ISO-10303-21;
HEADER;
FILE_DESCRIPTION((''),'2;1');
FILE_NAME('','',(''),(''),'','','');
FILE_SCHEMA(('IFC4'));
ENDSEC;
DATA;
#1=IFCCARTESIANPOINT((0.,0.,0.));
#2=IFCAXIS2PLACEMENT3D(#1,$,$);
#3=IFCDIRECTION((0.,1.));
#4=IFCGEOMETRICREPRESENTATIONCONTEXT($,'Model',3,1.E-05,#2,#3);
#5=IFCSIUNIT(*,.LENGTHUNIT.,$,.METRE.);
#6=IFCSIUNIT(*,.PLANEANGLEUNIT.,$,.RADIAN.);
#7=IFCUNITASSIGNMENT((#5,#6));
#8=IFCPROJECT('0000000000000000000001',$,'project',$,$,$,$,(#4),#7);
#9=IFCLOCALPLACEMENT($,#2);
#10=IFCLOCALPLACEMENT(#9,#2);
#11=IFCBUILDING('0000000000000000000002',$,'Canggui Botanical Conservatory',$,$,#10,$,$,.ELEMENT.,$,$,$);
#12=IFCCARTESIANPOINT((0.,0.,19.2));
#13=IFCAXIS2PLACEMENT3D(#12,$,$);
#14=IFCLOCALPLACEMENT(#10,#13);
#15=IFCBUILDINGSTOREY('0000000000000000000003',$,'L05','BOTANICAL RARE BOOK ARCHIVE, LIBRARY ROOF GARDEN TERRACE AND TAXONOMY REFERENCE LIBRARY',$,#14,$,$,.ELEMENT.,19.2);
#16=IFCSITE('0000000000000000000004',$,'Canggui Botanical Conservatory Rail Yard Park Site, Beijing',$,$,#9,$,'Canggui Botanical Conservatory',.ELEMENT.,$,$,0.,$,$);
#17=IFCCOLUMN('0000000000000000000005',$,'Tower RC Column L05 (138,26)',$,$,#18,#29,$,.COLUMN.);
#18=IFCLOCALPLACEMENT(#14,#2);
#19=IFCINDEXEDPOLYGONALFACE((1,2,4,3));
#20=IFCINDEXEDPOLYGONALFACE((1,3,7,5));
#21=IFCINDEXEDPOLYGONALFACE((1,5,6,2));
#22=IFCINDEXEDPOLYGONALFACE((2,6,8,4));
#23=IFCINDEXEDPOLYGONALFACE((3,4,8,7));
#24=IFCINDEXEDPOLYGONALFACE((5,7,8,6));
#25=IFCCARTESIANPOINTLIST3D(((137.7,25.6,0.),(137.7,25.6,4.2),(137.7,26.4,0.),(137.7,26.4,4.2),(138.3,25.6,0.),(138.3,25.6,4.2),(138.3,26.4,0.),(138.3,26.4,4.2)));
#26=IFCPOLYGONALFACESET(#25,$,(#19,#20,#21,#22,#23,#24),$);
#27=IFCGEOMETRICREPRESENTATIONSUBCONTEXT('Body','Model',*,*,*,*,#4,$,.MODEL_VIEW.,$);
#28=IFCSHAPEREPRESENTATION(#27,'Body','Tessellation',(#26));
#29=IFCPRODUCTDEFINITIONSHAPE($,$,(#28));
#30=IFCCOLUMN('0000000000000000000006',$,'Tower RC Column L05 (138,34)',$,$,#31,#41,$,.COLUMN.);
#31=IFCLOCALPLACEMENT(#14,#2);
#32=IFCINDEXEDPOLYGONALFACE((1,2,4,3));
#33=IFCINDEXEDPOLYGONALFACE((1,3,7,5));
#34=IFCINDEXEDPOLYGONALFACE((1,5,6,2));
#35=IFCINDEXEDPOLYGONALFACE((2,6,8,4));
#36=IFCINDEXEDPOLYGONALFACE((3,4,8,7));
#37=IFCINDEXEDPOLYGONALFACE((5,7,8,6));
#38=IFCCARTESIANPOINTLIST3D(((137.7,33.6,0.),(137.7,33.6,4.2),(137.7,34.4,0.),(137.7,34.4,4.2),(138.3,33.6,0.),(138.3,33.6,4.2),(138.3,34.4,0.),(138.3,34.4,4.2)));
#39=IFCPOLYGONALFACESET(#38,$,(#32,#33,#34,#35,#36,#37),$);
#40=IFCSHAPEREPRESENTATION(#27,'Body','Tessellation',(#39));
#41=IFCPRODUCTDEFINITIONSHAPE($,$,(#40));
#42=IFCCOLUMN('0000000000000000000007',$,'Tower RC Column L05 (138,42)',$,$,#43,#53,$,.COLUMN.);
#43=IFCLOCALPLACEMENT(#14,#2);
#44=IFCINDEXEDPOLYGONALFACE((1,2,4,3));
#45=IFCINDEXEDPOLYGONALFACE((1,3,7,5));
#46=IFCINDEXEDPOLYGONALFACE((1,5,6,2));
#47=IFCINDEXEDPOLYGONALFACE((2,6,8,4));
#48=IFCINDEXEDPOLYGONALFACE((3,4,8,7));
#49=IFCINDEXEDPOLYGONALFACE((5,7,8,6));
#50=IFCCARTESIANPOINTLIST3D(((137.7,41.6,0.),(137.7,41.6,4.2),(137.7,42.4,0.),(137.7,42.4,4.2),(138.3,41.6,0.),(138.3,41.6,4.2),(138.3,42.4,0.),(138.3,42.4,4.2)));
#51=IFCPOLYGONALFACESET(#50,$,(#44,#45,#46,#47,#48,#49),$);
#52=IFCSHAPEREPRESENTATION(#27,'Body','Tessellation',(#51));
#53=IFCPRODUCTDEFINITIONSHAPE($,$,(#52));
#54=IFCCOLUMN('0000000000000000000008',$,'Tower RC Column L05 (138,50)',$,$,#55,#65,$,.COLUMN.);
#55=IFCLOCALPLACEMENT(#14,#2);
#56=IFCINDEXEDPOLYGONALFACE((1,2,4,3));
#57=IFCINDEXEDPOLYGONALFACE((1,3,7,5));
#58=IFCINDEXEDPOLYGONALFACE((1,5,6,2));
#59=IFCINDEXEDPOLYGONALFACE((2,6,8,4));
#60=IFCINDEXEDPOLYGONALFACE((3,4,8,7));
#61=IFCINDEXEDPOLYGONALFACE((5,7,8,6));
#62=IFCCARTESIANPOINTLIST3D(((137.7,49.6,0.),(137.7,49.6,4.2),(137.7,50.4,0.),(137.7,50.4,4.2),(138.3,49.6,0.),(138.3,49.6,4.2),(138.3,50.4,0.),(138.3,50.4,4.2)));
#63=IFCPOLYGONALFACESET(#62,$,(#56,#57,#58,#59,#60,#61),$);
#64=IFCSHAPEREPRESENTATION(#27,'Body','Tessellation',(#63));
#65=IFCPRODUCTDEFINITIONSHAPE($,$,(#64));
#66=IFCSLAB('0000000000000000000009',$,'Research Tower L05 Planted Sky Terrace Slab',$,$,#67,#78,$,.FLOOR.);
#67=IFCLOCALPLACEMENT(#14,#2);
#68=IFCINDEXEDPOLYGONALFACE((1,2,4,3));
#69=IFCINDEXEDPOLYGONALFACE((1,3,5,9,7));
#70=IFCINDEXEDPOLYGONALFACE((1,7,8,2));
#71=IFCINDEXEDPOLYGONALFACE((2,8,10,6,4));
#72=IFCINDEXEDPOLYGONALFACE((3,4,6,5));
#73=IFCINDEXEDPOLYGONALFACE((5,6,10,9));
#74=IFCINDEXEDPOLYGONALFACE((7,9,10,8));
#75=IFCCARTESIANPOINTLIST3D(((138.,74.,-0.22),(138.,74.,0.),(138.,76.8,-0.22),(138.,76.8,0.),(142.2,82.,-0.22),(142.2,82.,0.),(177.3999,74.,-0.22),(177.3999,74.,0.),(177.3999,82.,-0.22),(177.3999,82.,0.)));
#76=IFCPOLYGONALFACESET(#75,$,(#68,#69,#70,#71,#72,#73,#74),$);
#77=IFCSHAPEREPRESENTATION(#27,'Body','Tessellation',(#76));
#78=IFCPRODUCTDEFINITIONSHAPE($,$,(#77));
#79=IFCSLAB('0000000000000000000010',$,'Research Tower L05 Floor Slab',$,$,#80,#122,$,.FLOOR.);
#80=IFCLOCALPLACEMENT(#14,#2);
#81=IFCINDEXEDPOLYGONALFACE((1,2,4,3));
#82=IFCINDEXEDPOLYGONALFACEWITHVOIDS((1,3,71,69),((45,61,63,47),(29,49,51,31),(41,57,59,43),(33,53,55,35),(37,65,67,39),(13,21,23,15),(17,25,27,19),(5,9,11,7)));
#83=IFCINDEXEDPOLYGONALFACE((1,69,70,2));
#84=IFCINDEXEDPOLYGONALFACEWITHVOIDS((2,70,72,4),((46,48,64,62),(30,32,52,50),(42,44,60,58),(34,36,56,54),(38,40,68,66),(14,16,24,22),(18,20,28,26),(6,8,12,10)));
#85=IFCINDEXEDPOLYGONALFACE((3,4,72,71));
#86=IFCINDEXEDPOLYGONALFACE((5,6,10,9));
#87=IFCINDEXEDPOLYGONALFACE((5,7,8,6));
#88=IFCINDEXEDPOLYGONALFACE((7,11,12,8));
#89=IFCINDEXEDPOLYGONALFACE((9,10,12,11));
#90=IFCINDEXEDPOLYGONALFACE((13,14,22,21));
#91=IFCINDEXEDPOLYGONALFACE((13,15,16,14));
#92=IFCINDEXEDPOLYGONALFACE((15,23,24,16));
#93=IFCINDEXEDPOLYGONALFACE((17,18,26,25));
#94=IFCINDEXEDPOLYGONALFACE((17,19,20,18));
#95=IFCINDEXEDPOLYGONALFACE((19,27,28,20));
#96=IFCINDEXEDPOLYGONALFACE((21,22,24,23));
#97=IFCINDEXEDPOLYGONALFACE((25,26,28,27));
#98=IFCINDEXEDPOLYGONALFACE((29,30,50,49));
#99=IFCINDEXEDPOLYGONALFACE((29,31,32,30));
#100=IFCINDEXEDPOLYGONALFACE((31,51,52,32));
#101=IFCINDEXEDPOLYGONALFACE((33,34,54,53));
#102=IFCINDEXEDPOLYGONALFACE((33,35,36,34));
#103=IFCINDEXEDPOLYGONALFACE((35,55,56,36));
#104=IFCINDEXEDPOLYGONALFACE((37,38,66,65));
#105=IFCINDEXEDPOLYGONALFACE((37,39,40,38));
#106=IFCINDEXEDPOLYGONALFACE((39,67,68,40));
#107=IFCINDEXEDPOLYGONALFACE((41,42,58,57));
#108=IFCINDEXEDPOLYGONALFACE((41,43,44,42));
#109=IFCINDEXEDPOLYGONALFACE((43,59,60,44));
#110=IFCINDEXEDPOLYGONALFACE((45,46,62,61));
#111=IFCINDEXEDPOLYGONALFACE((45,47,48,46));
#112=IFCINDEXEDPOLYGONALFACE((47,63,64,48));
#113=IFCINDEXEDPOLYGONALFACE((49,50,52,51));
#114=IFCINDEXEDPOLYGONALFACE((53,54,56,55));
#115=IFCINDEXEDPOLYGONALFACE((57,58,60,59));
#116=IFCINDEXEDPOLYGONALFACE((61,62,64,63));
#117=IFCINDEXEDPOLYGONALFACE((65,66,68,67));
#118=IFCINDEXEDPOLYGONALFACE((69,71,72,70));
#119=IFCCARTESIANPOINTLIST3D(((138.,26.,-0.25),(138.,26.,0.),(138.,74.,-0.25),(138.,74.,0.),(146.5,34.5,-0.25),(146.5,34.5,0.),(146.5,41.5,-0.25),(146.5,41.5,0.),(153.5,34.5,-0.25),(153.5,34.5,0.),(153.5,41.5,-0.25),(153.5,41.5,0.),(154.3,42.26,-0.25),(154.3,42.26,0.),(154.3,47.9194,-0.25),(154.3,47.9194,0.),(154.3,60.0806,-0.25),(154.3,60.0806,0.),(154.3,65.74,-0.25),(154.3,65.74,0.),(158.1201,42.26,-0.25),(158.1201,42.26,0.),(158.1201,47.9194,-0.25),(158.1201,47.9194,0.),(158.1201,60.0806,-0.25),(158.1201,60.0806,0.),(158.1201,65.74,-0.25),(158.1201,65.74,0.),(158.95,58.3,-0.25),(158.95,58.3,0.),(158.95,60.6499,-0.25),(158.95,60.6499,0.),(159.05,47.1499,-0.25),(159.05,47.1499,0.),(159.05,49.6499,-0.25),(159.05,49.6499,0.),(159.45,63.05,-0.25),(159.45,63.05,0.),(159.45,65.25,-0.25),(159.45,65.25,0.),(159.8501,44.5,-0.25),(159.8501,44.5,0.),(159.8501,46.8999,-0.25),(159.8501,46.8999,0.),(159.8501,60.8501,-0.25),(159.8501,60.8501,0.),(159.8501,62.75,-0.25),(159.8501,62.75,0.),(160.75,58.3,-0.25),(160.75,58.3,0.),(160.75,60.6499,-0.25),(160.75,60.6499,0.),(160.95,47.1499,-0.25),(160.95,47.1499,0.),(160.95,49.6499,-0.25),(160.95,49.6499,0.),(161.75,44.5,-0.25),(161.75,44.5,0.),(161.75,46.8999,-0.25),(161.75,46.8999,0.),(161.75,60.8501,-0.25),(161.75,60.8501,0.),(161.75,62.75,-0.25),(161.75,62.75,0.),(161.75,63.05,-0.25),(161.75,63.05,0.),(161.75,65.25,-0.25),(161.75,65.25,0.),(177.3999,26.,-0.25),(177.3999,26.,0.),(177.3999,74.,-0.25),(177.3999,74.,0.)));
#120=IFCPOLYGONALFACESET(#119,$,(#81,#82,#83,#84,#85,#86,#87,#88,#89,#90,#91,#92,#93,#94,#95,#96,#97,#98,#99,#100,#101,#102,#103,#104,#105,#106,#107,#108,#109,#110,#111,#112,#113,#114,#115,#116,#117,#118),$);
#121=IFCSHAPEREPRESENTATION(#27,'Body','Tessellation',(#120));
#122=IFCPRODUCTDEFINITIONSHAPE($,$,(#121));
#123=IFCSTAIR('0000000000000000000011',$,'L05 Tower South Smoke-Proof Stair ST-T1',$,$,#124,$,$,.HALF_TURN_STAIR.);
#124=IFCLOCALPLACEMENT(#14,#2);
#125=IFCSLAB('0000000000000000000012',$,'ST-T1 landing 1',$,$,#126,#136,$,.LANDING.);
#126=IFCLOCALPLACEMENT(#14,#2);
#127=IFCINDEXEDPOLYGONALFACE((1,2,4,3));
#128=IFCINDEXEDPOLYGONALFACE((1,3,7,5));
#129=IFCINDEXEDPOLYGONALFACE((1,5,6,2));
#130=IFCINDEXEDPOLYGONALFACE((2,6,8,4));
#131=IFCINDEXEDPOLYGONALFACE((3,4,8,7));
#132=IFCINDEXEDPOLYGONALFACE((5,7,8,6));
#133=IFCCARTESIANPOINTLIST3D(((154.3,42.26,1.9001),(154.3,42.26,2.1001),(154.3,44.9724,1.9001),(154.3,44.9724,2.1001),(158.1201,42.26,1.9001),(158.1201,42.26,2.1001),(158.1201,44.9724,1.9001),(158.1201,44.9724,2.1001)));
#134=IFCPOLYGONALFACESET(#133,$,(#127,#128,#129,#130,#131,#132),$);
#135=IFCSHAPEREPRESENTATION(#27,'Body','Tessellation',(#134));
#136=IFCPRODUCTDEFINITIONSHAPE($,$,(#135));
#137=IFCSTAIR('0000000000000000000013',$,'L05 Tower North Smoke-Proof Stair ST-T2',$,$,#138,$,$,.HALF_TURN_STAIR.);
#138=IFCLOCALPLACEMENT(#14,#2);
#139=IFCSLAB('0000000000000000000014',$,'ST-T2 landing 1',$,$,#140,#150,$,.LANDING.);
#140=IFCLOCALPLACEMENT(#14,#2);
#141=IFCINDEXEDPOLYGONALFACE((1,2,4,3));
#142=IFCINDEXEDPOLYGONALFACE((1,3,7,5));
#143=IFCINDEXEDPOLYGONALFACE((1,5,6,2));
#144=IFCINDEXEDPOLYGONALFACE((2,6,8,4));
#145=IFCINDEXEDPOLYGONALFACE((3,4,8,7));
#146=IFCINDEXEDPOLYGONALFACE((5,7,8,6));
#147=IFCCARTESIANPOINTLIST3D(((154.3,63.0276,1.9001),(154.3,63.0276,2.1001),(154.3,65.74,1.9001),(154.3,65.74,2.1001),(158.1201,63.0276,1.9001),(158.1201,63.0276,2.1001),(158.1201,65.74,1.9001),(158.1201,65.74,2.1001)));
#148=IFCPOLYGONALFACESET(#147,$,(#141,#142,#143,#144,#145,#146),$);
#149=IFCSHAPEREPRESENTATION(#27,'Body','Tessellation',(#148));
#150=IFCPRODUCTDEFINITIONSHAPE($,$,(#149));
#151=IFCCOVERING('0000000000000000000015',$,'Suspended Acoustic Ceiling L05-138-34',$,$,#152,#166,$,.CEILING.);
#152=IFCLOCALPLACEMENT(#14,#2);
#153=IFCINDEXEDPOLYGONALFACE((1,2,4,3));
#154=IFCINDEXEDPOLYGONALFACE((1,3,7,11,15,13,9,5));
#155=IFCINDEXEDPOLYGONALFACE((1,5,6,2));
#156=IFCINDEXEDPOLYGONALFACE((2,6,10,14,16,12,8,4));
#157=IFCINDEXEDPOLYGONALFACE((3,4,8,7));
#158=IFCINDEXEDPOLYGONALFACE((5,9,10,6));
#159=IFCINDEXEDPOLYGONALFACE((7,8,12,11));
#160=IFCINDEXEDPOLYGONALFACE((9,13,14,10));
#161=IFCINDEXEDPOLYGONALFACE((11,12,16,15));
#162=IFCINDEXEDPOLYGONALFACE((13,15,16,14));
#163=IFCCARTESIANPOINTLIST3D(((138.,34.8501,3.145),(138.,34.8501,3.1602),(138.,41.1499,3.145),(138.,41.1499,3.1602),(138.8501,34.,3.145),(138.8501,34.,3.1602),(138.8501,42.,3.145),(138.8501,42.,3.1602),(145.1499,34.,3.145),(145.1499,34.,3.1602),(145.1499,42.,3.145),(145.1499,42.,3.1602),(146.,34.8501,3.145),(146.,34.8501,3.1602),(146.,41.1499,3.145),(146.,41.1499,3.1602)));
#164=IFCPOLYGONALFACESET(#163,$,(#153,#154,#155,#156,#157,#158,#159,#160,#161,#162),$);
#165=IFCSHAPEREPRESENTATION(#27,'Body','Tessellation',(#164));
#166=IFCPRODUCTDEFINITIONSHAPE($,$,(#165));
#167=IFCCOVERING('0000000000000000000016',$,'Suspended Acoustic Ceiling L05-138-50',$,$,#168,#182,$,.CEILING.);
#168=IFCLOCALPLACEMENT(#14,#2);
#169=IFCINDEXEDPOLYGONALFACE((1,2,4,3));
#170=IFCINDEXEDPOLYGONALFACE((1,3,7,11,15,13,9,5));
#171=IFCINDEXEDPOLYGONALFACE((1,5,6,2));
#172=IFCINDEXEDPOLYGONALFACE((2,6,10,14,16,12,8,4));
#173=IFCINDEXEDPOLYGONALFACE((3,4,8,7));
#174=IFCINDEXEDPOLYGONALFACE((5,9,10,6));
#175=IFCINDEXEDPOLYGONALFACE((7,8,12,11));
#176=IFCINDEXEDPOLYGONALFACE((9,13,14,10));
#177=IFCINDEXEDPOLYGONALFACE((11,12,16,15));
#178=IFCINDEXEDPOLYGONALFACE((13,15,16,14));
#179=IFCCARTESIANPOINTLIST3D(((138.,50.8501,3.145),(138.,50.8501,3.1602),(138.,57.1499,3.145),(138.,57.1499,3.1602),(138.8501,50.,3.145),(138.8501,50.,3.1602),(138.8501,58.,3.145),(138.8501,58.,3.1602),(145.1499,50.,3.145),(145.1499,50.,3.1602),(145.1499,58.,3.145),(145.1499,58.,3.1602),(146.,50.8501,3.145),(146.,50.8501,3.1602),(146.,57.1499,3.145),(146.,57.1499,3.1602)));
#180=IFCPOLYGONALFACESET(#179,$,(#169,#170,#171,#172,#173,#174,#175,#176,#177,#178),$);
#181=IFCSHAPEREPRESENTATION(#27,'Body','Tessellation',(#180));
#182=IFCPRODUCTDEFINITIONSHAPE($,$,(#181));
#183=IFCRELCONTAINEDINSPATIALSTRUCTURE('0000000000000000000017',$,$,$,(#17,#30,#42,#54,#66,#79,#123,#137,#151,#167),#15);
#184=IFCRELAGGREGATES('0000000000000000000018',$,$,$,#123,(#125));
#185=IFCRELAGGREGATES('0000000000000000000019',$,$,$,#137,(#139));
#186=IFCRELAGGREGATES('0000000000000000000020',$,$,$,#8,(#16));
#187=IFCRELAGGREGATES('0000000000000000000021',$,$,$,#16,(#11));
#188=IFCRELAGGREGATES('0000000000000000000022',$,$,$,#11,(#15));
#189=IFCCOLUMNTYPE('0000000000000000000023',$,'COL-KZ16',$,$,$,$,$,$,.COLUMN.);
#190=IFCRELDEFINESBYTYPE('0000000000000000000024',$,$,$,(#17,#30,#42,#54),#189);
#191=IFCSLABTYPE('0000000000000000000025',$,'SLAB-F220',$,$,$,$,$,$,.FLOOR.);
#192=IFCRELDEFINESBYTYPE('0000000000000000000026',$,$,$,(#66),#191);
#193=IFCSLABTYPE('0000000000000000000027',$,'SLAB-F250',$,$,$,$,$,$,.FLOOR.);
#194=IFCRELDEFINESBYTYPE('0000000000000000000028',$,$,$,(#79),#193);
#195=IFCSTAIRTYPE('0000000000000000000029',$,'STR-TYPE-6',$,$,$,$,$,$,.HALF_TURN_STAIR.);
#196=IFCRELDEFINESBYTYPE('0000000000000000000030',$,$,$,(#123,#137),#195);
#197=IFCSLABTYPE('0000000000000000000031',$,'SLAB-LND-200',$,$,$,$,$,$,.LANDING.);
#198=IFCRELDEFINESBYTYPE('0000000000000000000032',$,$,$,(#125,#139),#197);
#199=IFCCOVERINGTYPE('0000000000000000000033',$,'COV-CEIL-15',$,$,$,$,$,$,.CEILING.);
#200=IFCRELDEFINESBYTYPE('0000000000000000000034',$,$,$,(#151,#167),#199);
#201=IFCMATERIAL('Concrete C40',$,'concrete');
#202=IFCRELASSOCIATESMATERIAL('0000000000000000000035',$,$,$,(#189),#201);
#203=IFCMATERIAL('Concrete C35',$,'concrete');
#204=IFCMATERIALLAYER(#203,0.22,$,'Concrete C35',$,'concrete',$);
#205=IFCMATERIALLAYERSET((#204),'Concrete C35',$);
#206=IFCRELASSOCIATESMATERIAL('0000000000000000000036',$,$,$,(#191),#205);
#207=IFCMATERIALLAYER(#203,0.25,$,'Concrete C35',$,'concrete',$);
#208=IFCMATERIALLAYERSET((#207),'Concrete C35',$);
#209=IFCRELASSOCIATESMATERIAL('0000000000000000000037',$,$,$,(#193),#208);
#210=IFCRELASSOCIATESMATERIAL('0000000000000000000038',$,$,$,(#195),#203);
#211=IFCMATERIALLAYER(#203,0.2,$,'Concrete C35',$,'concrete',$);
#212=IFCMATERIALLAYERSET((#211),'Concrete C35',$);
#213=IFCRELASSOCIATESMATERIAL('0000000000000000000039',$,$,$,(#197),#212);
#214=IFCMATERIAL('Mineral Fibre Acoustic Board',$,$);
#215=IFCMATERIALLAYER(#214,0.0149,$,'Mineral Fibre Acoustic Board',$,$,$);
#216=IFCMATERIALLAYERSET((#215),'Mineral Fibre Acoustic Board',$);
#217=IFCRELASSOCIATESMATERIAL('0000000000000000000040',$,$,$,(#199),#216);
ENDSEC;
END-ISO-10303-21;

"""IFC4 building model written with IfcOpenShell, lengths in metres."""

from ifc_helpers import new_model, si_unit, direction, frame, origin, origin_2d, place, context, subcontext, project, spatial, polyline, rectangle, outline, extrude, material, layer, layer_set, material_profile, profile_set, type_object, element, aggregate, save


model = new_model("IFC4")

# Units and contexts
model_context = context("Model", 3, precision=1e-05, world=origin(), true_north=direction((0.0, 1.0)))
body_context = subcontext(model_context, "Body", "Model", "MODEL_VIEW")
ifc_project = project(units=[si_unit("LENGTHUNIT", "METRE"), si_unit("PLANEANGLEUNIT", "RADIAN")], contexts=[model_context])

# Site, building, storey
site_placement = place(None, origin())
site = spatial("IfcSite", under=ifc_project, at=site_placement, Name="Canggui Botanical Conservatory Rail Yard Park Site, Beijing", LongName="Canggui Botanical Conservatory", CompositionType="ELEMENT", RefElevation=0.0)
building_placement = place(site_placement, origin())
building = spatial("IfcBuilding", under=site, at=building_placement, Name="Canggui Botanical Conservatory", CompositionType="ELEMENT")
storey_placement = place(building_placement, frame((0.0, 0.0, 19.2)))
storey = spatial("IfcBuildingStorey", under=building, at=storey_placement, Name="L05", Description="BOTANICAL RARE BOOK ARCHIVE, LIBRARY ROOF GARDEN TERRACE AND TAXONOMY REFERENCE LIBRARY", CompositionType="ELEMENT", Elevation=19.2)

# Columns
ifc_material_1 = material(Name="Concrete C40", Category="concrete")
ifc_material_profile = material_profile(ifc_material_1, rectangle(XDim=0.6001, YDim=0.8, at=origin_2d()), Name="RC 600x800")
ifc_profile_set = profile_set([ifc_material_profile], Name="Concrete C40")
column_type = type_object("IfcColumnType", Name="COL-KZ16", PredefinedType="COLUMN", material=ifc_profile_set)
for number, where, z_axis, x_axis, name in (
    (1, (138.0, 26.0, 0.0), (0.0, 0.0, 1.0), (1.0, 0.0, 0.0), "Tower RC Column L05 (138,26)"),
    (2, (138.0, 34.0, 0.0), (0.0, 0.0, 1.0), (1.0, 0.0, 0.0), "Tower RC Column L05 (138,34)"),
    (3, (138.0, 42.0, 0.0), (0.0, 0.0, 1.0), (1.0, 0.0, 0.0), "Tower RC Column L05 (138,42)"),
    (4, (138.0, 50.0, 0.0), (0.0, 0.0, 1.0), (1.0, 0.0, 0.0), "Tower RC Column L05 (138,50)"),
):
    element("IfcColumn", number, at=place(storey_placement, frame(where, z_axis=z_axis, x_axis=x_axis)), inside=storey, type_object=column_type, Name=name, PredefinedType="COLUMN", context=body_context, shape_type="SweptSolid", body=[
        extrude(rectangle(XDim=0.6001, YDim=0.8, at=origin_2d()), origin(), (0.0, 0.0, 1.0), 4.2),
    ])

# Slabs
ifc_material_2 = material(Name="Concrete C35", Category="concrete")
ifc_layer_1 = layer(ifc_material_2, 0.22, Name="Concrete C35", Category="concrete")
ifc_layer_set_1 = layer_set([ifc_layer_1], Name="Concrete C35")
slab_type_1 = type_object("IfcSlabType", Name="SLAB-F220", PredefinedType="FLOOR", material=ifc_layer_set_1)
slab_1_placement = place(storey_placement, frame((0.0, 0.0, -0.22)))
element("IfcSlab", 5, at=slab_1_placement, inside=storey, type_object=slab_type_1, Name="Research Tower L05 Planted Sky Terrace Slab", PredefinedType="FLOOR", context=body_context, shape_type="SweptSolid", body=[
    extrude(outline(polyline([(138.0, 74.0), (177.3999, 74.0), (177.3999, 82.0), (142.2, 82.0), (138.0, 76.8), (138.0, 74.0)])), origin(), (0.0, 0.0, 1.0), 0.22),
])
ifc_layer_2 = layer(ifc_material_2, 0.25, Name="Concrete C35", Category="concrete")
ifc_layer_set_2 = layer_set([ifc_layer_2], Name="Concrete C35")
slab_type_2 = type_object("IfcSlabType", Name="SLAB-F250", PredefinedType="FLOOR", material=ifc_layer_set_2)
slab_2_placement = place(storey_placement, frame((0.0, 0.0, -0.25)))
element("IfcSlab", 6, at=slab_2_placement, inside=storey, type_object=slab_type_2, Name="Research Tower L05 Floor Slab", PredefinedType="FLOOR", context=body_context, shape_type="SweptSolid", body=[
    extrude(outline(polyline([(138.0, 26.0), (177.3999, 26.0), (177.3999, 74.0), (138.0, 74.0), (138.0, 26.0)]), holes=[polyline([(154.3, 47.9194), (154.3, 42.26), (158.1201, 42.26), (158.1201, 47.9194), (154.3, 47.9194)]), polyline([(158.1201, 60.0806), (158.1201, 65.74), (154.3, 65.74), (154.3, 60.0806), (158.1201, 60.0806)]), polyline([(159.05, 47.1499), (160.95, 47.1499), (160.95, 49.6499), (159.05, 49.6499), (159.05, 47.1499)]), polyline([(159.8501, 44.5), (161.75, 44.5), (161.75, 46.8999), (159.8501, 46.8999), (159.8501, 44.5)]), polyline([(158.95, 58.3), (160.75, 58.3), (160.75, 60.6499), (158.95, 60.6499), (158.95, 58.3)]), polyline([(159.8501, 60.8501), (161.75, 60.8501), (161.75, 62.75), (159.8501, 62.75), (159.8501, 60.8501)]), polyline([(159.45, 63.05), (161.75, 63.05), (161.75, 65.25), (159.45, 65.25), (159.45, 63.05)]), polyline([(146.5, 34.5), (153.5, 34.5), (153.5, 41.5), (146.5, 41.5), (146.5, 34.5)])]), origin(), (0.0, 0.0, 1.0), 0.25),
])

# Stairs, slabs
stair_type = type_object("IfcStairType", Name="STR-TYPE-6", PredefinedType="HALF_TURN_STAIR", material=ifc_material_2)
stair_1_placement = place(storey_placement, origin())
stair_1 = element("IfcStair", 7, at=stair_1_placement, inside=storey, type_object=stair_type, Name="L05 Tower South Smoke-Proof Stair ST-T1", PredefinedType="HALF_TURN_STAIR")
ifc_layer_3 = layer(ifc_material_2, 0.2, Name="Concrete C35", Category="concrete")
ifc_layer_set_3 = layer_set([ifc_layer_3], Name="Concrete C35")
slab_type_3 = type_object("IfcSlabType", Name="SLAB-LND-200", PredefinedType="LANDING", material=ifc_layer_set_3)
slab_3_placement = place(storey_placement, frame((0.0, 0.0, 1.9001)))
slab_3 = element("IfcSlab", 8, at=slab_3_placement, type_object=slab_type_3, Name="ST-T1 landing 1", PredefinedType="LANDING", context=body_context, shape_type="SweptSolid", body=[
    extrude(outline(polyline([(154.3, 44.9724), (154.3, 42.26), (158.1201, 42.26), (158.1201, 44.9724), (154.3, 44.9724)])), origin(), (0.0, 0.0, 1.0), 0.2),
])
aggregate(stair_1, [slab_3])
stair_2_placement = place(storey_placement, origin())
stair_2 = element("IfcStair", 9, at=stair_2_placement, inside=storey, type_object=stair_type, Name="L05 Tower North Smoke-Proof Stair ST-T2", PredefinedType="HALF_TURN_STAIR")
slab_4_placement = place(storey_placement, frame((0.0, 0.0, 1.9001)))
slab_4 = element("IfcSlab", 10, at=slab_4_placement, type_object=slab_type_3, Name="ST-T2 landing 1", PredefinedType="LANDING", context=body_context, shape_type="SweptSolid", body=[
    extrude(outline(polyline([(158.1201, 63.0276), (158.1201, 65.74), (154.3, 65.74), (154.3, 63.0276), (158.1201, 63.0276)])), origin(), (0.0, 0.0, 1.0), 0.2),
])
aggregate(stair_2, [slab_4])

# Coverings
ifc_material_3 = material(Name="Mineral Fibre Acoustic Board")
ifc_layer_4 = layer(ifc_material_3, 0.0149, Name="Mineral Fibre Acoustic Board")
ifc_layer_set_4 = layer_set([ifc_layer_4], Name="Mineral Fibre Acoustic Board")
covering_type_1 = type_object("IfcCoveringType", Name="COV-CEIL-15", PredefinedType="CEILING", material=ifc_layer_set_4)
covering_1_placement = place(storey_placement, frame((0.0, 0.0, 3.145)))
element("IfcCovering", 11, at=covering_1_placement, inside=storey, type_object=covering_type_1, Name="Suspended Acoustic Ceiling L05-138-34", PredefinedType="CEILING", context=body_context, shape_type="SweptSolid", body=[
    extrude(outline(polyline([(138.8501, 34.0), (145.1499, 34.0), (146.0, 34.8501), (146.0, 41.1499), (145.1499, 42.0), (138.8501, 42.0), (138.0, 41.1499), (138.0, 34.8501), (138.8501, 34.0)])), origin(), (0.0, 0.0, 1.0), 0.0151),
])
covering_2_placement = place(storey_placement, frame((0.0, 0.0, 3.145)))
element("IfcCovering", 12, at=covering_2_placement, inside=storey, type_object=covering_type_1, Name="Suspended Acoustic Ceiling L05-138-50", PredefinedType="CEILING", context=body_context, shape_type="SweptSolid", body=[
    extrude(outline(polyline([(138.8501, 50.0), (145.1499, 50.0), (146.0, 50.8501), (146.0, 57.1499), (145.1499, 58.0), (138.8501, 58.0), (138.0, 57.1499), (138.0, 50.8501), (138.8501, 50.0)])), origin(), (0.0, 0.0, 1.0), 0.0151),
])

save(model, "model.ifc")
